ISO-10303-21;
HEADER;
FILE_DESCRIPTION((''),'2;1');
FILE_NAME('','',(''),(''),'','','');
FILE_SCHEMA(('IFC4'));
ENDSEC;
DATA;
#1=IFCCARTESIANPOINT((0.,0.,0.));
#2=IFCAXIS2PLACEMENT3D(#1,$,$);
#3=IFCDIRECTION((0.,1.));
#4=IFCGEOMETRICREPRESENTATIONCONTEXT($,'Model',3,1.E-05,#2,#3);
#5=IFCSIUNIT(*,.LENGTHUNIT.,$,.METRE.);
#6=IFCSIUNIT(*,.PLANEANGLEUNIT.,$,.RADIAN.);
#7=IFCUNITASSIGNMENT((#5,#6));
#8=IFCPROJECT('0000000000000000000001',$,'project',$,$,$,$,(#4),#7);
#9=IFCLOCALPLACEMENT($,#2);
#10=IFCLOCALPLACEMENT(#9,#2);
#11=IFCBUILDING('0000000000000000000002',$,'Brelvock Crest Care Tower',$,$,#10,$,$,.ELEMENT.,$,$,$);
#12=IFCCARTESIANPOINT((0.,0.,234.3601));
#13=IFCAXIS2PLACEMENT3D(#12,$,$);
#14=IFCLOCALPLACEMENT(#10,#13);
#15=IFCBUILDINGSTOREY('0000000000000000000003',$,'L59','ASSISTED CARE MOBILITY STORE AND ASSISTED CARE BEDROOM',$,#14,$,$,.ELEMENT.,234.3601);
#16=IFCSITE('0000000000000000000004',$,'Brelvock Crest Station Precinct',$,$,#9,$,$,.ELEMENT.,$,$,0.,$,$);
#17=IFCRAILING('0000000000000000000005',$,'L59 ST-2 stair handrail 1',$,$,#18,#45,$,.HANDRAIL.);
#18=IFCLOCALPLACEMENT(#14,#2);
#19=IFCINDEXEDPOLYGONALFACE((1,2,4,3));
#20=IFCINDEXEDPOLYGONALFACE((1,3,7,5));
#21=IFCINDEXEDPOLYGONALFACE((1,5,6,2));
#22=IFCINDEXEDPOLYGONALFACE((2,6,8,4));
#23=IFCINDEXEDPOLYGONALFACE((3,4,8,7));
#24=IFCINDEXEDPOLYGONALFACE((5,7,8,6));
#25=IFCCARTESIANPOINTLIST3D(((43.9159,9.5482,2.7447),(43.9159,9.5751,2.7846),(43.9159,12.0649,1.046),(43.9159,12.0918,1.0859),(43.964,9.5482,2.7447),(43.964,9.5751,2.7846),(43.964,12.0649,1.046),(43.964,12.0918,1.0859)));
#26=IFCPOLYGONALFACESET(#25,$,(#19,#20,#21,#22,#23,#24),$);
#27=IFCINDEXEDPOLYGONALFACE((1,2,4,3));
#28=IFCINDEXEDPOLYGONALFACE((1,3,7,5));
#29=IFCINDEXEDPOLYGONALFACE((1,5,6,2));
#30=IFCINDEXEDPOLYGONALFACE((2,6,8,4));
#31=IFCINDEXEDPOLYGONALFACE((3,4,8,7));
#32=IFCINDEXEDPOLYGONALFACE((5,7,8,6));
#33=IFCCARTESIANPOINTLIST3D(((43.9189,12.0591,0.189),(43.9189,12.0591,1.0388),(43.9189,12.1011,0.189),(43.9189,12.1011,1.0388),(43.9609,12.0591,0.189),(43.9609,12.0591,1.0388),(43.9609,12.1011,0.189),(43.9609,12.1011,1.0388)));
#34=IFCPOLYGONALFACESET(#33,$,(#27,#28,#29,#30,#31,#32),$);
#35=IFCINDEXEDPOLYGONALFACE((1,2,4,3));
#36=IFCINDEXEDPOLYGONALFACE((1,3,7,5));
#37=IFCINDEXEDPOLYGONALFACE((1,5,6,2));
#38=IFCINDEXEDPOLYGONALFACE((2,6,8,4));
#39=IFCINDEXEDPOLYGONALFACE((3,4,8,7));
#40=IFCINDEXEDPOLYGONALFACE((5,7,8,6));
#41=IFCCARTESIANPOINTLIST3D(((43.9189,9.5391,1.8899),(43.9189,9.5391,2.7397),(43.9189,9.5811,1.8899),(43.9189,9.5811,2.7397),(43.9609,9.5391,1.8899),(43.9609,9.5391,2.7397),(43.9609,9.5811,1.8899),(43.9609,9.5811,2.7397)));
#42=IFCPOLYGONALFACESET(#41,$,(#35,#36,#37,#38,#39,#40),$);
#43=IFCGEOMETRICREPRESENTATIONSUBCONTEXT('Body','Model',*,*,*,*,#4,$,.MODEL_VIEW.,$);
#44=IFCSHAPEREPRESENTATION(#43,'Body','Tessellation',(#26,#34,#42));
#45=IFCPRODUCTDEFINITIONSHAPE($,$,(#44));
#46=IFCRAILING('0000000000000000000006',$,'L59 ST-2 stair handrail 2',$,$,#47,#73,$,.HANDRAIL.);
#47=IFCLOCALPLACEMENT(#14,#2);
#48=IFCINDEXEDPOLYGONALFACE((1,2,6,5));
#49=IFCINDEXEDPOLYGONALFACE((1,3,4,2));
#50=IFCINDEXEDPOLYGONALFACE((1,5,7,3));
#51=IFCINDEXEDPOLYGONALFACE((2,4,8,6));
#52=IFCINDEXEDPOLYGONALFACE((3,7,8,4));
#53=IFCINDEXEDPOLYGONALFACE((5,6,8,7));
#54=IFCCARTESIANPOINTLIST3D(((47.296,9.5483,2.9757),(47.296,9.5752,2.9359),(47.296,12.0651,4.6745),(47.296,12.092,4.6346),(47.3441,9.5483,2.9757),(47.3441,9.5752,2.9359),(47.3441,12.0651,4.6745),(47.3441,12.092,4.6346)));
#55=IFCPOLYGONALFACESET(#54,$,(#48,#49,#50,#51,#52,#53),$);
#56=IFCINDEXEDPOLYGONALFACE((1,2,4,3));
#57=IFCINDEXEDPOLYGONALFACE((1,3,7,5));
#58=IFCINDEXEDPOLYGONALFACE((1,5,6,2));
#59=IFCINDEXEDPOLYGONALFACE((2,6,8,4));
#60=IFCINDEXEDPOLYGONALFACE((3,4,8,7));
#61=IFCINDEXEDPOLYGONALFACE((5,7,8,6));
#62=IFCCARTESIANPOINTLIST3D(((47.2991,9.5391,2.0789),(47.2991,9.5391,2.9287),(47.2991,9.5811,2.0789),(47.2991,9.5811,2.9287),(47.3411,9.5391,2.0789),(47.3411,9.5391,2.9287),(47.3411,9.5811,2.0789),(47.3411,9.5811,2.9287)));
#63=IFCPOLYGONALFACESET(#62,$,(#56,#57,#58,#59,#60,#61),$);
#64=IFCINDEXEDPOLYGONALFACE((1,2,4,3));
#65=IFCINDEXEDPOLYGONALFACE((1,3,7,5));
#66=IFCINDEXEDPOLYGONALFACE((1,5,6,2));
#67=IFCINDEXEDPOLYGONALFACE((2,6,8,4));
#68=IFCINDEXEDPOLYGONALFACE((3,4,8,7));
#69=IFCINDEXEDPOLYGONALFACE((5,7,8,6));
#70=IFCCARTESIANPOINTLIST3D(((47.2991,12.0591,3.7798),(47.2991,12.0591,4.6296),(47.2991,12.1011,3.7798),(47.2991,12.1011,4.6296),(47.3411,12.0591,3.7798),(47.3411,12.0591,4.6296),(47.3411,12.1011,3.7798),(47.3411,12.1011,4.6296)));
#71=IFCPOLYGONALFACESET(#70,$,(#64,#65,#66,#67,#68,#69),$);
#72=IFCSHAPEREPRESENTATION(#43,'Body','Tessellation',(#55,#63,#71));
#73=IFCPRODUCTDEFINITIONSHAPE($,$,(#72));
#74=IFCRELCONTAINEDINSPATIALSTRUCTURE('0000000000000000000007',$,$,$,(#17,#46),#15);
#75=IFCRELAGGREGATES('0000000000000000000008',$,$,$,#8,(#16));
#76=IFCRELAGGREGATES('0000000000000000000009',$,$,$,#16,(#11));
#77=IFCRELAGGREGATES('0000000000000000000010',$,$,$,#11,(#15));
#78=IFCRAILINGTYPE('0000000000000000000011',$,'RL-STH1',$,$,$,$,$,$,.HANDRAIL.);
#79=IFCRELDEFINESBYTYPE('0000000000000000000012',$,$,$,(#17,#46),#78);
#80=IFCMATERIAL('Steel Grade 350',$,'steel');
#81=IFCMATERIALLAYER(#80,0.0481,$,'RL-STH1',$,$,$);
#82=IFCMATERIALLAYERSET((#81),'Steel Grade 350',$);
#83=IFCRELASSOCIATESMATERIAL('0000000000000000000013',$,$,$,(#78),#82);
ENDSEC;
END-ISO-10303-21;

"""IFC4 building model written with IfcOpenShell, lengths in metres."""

from ifc_helpers import new_model, si_unit, direction, frame, origin, origin_2d, place, context, subcontext, project, spatial, rectangle, extrude, material, layer, layer_set, type_object, element, save


model = new_model("IFC4")

# Units and contexts
model_context = context("Model", 3, precision=1e-05, world=origin(), true_north=direction((0.0, 1.0)))
body_context = subcontext(model_context, "Body", "Model", "MODEL_VIEW")
ifc_project = project(units=[si_unit("LENGTHUNIT", "METRE"), si_unit("PLANEANGLEUNIT", "RADIAN")], contexts=[model_context])

# Site, building, storey
site_placement = place(None, origin())
site = spatial("IfcSite", under=ifc_project, at=site_placement, Name="Brelvock Crest Station Precinct", CompositionType="ELEMENT", RefElevation=0.0)
building_placement = place(site_placement, origin())
building = spatial("IfcBuilding", under=site, at=building_placement, Name="Brelvock Crest Care Tower", CompositionType="ELEMENT")
storey_placement = place(building_placement, frame((0.0, 0.0, 234.3601)))
storey = spatial("IfcBuildingStorey", under=building, at=storey_placement, Name="L59", Description="ASSISTED CARE MOBILITY STORE AND ASSISTED CARE BEDROOM", CompositionType="ELEMENT", Elevation=234.3601)

# Shared definitions
ifc_material_1 = material(Name="Steel Grade 350", Category="steel")

# Railings
ifc_layer_1 = layer(ifc_material_1, 0.0481, Name="RL-STH1")
ifc_layer_set_1 = layer_set([ifc_layer_1], Name="Steel Grade 350")
railing_type_1 = type_object("IfcRailingType", Name="RL-STH1", PredefinedType="HANDRAIL", material=ifc_layer_set_1)
railing_1_placement = place(storey_placement, frame((43.9399, 12.0801, 0.189)))
element("IfcRailing", 1, at=railing_1_placement, inside=storey, type_object=railing_type_1, Name="L59 ST-2 stair handrail 1", PredefinedType="HANDRAIL", context=body_context, shape_type="SweptSolid", body=[
    extrude(rectangle(XDim=0.0481, YDim=0.0481, at=origin_2d()), frame((0.0, -0.0017, 0.877), z_axis=(0.0, -0.828862, 0.559454), x_axis=(1.0, 0.0, 0.0)), (0.0, 0.0, 1.0), 3.0364),
    extrude(rectangle(XDim=0.042, YDim=0.042, at=origin_2d()), origin(), (0.0, 0.0, 1.0), 0.8499),
    extrude(rectangle(XDim=0.042, YDim=0.042, at=origin_2d()), frame((0.0, -2.52, 1.7009)), (0.0, 0.0, 1.0), 0.8499),
])
railing_2_placement = place(storey_placement, frame((47.3201, 9.5601, 2.0789)))
element("IfcRailing", 2, at=railing_2_placement, inside=storey, type_object=railing_type_1, Name="L59 ST-2 stair handrail 2", PredefinedType="HANDRAIL", context=body_context, shape_type="SweptSolid", body=[
    extrude(rectangle(XDim=0.0481, YDim=0.0481, at=origin_2d()), frame((0.0, 0.0017, 0.877), z_axis=(0.0, 0.828862, 0.559454), x_axis=(-1.0, 0.0, 0.0)), (0.0, 0.0, 1.0), 3.0364),
    extrude(rectangle(XDim=0.042, YDim=0.042, at=origin_2d()), origin(), (0.0, 0.0, 1.0), 0.8499),
    extrude(rectangle(XDim=0.042, YDim=0.042, at=origin_2d()), frame((0.0, 2.52, 1.7009)), (0.0, 0.0, 1.0), 0.8499),
])

save(model, "model.ifc")
